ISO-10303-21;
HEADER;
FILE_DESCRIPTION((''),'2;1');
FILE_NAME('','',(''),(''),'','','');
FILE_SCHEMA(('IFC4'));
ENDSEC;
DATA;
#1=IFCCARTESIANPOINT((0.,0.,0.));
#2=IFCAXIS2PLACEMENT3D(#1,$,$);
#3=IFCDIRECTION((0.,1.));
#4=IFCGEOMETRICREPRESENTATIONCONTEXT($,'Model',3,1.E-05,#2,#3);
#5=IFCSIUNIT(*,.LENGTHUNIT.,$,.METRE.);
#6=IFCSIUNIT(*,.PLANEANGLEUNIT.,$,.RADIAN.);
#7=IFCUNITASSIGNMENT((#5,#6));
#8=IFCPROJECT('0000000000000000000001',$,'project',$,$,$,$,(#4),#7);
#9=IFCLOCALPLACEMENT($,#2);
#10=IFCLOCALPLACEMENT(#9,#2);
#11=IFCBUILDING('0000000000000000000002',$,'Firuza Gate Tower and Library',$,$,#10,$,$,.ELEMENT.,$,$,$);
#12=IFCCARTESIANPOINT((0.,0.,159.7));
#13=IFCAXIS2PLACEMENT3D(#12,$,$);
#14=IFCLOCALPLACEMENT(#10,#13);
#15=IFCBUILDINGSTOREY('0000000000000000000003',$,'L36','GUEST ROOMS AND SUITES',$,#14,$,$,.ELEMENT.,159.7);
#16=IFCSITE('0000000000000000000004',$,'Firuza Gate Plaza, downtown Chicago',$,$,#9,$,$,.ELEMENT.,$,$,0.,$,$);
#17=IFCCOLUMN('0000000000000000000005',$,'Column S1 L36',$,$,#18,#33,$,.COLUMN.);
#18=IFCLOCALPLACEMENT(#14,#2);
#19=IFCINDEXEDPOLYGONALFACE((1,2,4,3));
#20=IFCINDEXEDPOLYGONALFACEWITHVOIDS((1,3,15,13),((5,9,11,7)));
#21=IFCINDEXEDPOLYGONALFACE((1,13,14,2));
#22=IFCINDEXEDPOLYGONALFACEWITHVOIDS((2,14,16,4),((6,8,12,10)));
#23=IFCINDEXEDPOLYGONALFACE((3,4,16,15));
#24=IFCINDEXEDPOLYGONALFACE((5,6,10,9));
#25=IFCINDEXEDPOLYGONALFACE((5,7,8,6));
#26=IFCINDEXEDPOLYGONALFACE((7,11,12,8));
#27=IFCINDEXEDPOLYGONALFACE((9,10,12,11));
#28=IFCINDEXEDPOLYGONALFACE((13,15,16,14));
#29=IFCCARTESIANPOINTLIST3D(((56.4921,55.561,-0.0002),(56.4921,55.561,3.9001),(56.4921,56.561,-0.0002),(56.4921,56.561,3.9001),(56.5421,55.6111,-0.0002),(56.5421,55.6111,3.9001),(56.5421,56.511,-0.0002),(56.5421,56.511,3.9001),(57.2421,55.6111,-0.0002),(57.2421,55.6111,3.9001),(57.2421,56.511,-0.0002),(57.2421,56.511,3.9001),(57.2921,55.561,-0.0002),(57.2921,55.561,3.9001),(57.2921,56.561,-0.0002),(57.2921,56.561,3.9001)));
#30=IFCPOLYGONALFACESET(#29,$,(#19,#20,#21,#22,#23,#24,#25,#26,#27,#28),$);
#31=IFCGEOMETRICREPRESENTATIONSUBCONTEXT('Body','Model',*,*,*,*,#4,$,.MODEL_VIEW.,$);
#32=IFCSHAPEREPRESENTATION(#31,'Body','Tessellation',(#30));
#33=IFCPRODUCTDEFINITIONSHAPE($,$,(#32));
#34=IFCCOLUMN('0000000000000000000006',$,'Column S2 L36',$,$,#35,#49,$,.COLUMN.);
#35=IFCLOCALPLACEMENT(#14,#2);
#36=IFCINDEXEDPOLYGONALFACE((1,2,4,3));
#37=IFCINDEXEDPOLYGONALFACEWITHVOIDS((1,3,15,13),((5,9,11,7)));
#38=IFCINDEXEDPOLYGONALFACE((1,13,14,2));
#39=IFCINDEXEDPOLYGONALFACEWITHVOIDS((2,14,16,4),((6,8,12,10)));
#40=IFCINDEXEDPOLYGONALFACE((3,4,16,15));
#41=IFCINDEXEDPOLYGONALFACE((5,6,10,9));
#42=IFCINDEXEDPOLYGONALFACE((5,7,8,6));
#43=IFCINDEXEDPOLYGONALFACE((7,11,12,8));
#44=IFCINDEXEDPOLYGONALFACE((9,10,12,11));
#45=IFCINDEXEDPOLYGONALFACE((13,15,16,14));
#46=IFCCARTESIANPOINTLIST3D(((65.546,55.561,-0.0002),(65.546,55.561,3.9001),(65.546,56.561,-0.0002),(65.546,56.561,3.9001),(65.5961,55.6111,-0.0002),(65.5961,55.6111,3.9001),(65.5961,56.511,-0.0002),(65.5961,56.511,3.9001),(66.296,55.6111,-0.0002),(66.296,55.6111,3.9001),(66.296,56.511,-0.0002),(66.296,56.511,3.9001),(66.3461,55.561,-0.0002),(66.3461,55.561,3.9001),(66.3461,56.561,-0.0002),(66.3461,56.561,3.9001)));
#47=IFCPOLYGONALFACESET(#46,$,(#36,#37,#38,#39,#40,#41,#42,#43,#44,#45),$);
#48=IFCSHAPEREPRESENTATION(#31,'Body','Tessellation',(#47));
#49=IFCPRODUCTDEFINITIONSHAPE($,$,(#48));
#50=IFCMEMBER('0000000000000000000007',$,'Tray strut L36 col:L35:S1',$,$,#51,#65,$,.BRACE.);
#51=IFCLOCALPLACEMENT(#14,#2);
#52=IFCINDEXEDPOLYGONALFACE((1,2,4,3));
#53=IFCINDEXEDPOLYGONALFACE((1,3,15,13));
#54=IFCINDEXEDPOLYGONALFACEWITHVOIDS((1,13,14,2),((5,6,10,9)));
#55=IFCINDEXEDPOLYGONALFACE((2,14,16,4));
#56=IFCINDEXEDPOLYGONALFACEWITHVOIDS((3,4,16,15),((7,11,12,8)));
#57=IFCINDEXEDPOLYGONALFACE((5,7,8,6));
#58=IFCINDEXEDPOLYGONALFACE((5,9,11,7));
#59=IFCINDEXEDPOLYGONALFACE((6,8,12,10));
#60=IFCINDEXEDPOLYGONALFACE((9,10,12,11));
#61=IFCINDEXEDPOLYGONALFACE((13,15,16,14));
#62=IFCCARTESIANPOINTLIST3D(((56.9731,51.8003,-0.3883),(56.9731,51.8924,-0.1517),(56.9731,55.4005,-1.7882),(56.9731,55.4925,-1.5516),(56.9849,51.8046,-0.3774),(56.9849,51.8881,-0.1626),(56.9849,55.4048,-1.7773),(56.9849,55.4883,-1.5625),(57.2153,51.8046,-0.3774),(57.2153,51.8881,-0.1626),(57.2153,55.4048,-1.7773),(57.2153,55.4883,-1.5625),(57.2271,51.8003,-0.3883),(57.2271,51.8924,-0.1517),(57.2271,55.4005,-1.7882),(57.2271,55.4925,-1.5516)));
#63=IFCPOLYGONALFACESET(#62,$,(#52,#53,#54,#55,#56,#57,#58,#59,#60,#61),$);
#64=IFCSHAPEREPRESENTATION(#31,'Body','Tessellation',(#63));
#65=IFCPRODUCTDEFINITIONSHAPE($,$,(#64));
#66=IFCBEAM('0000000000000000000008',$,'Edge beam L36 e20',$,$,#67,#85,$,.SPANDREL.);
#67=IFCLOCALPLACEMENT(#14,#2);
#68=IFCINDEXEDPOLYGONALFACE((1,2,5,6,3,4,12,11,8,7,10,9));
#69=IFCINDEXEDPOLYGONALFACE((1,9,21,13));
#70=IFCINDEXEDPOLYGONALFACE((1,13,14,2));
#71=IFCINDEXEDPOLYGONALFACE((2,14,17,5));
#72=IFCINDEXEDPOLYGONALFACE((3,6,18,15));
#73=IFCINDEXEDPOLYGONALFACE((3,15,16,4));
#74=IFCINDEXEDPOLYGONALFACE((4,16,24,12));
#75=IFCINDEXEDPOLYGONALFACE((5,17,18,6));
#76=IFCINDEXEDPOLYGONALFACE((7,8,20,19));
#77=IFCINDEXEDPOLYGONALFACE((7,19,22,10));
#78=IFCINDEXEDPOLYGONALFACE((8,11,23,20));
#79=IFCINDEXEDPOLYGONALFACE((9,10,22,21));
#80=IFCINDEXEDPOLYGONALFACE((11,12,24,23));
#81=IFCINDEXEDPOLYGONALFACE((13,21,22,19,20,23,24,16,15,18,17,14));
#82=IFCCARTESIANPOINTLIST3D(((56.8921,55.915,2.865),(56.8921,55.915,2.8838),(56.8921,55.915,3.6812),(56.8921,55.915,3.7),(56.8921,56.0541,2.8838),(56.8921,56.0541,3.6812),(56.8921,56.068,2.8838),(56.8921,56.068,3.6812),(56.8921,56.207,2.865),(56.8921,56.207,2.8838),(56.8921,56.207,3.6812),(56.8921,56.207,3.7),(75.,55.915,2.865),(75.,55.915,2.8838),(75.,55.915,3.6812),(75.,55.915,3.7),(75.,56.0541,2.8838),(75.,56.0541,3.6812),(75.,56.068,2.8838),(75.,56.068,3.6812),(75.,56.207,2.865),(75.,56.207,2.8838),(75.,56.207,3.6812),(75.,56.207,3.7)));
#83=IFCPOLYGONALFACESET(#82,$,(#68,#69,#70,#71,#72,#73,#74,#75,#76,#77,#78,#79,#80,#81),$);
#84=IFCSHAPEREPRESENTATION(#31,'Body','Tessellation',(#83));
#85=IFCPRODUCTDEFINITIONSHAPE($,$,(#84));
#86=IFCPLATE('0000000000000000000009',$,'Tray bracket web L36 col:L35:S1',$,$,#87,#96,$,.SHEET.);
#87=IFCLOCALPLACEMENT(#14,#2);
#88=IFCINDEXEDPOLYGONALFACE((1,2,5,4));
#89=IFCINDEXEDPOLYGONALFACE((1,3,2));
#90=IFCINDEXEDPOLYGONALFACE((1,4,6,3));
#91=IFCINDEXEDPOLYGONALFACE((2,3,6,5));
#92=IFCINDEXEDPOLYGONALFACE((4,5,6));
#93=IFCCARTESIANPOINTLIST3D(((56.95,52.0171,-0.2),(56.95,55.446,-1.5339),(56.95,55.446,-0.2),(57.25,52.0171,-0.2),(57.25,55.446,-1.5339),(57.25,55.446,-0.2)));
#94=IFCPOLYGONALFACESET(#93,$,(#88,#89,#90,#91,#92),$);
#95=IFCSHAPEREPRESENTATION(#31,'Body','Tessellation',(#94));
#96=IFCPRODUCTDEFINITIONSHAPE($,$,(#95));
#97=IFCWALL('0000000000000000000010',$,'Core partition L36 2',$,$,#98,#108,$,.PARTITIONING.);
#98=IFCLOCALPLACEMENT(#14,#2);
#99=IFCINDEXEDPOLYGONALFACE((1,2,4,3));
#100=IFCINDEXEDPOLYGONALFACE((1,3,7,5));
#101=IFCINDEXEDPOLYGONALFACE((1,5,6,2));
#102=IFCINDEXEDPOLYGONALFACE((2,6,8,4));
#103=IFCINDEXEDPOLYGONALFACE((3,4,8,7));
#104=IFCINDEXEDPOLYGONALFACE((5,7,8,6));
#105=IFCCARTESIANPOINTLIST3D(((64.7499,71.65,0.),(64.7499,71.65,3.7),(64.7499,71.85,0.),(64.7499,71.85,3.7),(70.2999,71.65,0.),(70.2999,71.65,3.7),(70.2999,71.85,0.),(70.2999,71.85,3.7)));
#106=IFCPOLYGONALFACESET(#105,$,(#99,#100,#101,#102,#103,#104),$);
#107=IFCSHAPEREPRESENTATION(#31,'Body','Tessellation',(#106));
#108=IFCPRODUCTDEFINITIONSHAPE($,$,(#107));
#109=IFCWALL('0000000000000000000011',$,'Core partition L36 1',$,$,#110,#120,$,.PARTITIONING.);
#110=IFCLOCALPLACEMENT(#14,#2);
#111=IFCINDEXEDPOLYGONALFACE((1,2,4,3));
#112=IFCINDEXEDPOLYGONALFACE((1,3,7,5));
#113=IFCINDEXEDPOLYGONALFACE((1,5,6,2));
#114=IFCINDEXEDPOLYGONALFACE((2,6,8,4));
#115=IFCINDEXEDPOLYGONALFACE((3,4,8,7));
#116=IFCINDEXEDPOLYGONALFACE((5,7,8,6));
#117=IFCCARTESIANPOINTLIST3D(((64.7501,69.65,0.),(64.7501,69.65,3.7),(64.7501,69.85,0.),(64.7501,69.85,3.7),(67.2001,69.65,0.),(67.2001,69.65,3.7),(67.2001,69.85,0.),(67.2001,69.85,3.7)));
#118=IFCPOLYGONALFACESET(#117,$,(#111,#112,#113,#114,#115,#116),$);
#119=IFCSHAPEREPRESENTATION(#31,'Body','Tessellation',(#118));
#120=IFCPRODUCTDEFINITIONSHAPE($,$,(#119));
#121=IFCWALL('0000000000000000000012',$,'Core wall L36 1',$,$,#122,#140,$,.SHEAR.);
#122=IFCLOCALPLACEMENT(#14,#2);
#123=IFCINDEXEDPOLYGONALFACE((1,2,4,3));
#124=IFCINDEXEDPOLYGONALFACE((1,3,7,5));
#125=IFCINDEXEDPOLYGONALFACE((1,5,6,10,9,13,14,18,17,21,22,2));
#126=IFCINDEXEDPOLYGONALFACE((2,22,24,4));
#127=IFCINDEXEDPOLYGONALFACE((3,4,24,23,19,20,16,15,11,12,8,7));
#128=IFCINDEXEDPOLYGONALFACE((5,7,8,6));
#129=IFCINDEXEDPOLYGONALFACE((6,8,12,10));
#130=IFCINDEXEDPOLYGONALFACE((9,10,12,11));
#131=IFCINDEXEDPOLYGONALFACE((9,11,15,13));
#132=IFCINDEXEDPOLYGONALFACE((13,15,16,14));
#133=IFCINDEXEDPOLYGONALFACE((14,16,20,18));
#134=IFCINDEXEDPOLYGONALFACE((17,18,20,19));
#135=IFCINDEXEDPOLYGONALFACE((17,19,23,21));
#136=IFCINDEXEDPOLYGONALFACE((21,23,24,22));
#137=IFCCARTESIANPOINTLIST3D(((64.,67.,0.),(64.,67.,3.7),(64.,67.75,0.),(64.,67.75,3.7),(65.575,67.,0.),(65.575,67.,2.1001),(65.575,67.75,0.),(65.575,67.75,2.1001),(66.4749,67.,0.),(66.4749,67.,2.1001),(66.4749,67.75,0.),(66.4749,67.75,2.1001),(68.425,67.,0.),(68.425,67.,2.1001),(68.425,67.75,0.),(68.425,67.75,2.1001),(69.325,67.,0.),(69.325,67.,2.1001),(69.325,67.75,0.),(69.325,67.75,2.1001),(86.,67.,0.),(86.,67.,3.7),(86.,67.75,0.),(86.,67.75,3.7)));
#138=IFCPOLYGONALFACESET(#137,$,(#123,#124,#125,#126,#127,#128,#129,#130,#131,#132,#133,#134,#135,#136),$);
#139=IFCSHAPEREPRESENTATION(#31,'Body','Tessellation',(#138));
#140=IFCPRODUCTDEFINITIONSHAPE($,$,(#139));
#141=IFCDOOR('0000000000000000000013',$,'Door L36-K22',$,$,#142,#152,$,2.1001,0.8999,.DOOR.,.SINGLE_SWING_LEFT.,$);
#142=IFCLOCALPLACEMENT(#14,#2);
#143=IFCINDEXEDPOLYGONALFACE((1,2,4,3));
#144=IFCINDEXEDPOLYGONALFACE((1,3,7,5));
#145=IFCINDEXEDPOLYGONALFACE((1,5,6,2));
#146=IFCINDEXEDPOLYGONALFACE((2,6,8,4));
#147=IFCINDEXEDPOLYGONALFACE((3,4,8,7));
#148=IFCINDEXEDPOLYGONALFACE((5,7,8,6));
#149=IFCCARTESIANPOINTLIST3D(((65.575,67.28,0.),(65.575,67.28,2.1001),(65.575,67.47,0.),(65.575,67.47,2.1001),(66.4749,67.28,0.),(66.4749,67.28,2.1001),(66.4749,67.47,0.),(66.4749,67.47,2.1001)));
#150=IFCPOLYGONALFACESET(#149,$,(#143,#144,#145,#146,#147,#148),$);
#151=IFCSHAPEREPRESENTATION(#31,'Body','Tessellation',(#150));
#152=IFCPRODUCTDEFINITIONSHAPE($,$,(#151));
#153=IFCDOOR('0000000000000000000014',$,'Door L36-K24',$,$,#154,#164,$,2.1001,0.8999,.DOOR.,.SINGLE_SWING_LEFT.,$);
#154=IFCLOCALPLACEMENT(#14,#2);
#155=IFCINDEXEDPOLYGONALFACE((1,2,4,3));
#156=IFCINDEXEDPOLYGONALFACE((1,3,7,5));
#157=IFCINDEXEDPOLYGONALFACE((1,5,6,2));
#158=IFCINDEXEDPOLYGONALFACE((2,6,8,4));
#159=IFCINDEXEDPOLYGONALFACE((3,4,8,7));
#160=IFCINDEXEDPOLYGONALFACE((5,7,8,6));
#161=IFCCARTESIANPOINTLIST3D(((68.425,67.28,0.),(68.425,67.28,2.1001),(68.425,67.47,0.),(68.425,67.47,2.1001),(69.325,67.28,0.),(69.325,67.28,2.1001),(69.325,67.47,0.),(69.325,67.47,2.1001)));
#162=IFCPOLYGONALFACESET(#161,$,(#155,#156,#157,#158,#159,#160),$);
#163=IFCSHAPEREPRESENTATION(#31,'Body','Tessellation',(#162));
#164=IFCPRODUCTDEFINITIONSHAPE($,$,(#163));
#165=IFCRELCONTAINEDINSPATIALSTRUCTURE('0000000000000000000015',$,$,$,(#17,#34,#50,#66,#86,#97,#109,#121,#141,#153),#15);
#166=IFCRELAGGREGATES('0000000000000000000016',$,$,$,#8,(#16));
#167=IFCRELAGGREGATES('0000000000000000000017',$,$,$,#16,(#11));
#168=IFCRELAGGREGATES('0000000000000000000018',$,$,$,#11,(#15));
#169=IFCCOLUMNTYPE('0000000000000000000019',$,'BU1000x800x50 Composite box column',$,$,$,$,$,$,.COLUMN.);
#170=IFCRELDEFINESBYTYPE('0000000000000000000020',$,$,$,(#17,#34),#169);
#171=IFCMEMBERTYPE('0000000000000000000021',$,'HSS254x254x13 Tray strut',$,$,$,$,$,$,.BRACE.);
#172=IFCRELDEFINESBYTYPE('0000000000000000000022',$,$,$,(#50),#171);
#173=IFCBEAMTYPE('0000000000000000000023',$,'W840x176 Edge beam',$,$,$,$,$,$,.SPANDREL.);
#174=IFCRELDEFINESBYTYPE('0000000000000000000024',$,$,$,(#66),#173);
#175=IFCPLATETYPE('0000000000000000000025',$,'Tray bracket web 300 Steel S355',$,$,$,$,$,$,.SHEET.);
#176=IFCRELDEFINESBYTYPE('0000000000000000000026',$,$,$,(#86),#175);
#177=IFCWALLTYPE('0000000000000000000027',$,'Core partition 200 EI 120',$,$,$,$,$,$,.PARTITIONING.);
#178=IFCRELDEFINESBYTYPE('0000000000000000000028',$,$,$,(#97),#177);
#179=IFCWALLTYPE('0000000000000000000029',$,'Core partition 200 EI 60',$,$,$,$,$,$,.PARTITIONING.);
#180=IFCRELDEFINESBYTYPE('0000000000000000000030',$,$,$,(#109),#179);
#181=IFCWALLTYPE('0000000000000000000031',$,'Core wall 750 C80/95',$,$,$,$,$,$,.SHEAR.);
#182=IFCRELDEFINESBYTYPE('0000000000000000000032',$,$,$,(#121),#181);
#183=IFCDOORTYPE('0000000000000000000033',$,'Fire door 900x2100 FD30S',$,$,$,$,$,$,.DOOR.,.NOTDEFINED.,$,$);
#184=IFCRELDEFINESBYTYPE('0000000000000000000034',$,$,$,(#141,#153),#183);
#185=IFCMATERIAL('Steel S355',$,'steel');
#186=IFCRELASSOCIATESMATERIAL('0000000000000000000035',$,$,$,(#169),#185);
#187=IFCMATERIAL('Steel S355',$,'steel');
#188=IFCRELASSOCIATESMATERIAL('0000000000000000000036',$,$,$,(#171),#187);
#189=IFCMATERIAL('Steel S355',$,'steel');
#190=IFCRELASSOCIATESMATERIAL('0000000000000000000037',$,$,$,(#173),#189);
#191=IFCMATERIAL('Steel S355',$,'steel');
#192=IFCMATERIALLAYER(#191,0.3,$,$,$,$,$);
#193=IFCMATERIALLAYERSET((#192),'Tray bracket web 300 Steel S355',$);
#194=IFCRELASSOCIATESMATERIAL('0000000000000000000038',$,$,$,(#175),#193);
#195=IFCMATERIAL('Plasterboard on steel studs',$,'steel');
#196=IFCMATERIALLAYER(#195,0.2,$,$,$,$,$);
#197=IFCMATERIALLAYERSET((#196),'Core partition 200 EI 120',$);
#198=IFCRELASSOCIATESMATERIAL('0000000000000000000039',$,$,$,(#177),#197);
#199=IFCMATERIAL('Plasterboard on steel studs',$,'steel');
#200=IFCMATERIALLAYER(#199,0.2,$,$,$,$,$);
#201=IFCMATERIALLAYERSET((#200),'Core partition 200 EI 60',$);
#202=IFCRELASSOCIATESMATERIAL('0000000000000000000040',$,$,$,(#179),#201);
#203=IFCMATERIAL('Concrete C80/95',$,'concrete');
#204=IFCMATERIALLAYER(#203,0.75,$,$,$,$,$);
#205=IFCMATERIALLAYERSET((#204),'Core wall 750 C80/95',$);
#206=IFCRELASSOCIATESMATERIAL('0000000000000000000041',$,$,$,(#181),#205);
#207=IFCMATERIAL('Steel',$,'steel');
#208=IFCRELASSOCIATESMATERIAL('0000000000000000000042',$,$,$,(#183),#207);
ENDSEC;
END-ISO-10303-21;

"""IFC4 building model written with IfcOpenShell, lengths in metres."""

from ifc_helpers import new_model, si_unit, direction, frame, frame_2d, origin, origin_2d, place, context, subcontext, project, spatial, polyline, rectangle, hollow_rectangle, i_section, outline, extrude, material, layer, layer_set, material_profile, profile_set, type_object, element, fill, save


model = new_model("IFC4")

# Units and contexts
model_context = context("Model", 3, precision=1e-05, world=origin(), true_north=direction((0.0, 1.0)))
body_context = subcontext(model_context, "Body", "Model", "MODEL_VIEW")
ifc_project = project(units=[si_unit("LENGTHUNIT", "METRE"), si_unit("PLANEANGLEUNIT", "RADIAN")], contexts=[model_context])

# Site, building, storey
site_placement = place(None, origin())
site = spatial("IfcSite", under=ifc_project, at=site_placement, Name="Firuza Gate Plaza, downtown Chicago", CompositionType="ELEMENT", RefElevation=0.0)
building_placement = place(site_placement, origin())
building = spatial("IfcBuilding", under=site, at=building_placement, Name="Firuza Gate Tower and Library", CompositionType="ELEMENT")
storey_placement = place(building_placement, frame((0.0, 0.0, 159.7)))
storey = spatial("IfcBuildingStorey", under=building, at=storey_placement, Name="L36", Description="GUEST ROOMS AND SUITES", CompositionType="ELEMENT", Elevation=159.7)

# Columns
ifc_material_1 = material(Name="Steel S355", Category="steel")
ifc_material_profile_1 = material_profile(ifc_material_1, hollow_rectangle(XDim=0.8, YDim=1.0, WallThickness=0.05, at=origin_2d()))
ifc_profile_set_1 = profile_set([ifc_material_profile_1], Name="Steel S355")
column_type = type_object("IfcColumnType", Name="BU1000x800x50 Composite box column", PredefinedType="COLUMN", material=ifc_profile_set_1)
for number, where, z_axis, x_axis, name in (
    (1, (56.8921, 56.061, -0.0002), (0.0, 0.0, 1.0), (1.0, 0.0, 0.0), "Column S1 L36"),
    (2, (65.946, 56.061, -0.0002), (0.0, 0.0, 1.0), (1.0, 0.0, 0.0), "Column S2 L36"),
):
    element("IfcColumn", number, at=place(storey_placement, frame(where, z_axis=z_axis, x_axis=x_axis)), inside=storey, type_object=column_type, Name=name, PredefinedType="COLUMN", context=body_context, shape_type="SweptSolid", body=[
        extrude(hollow_rectangle(XDim=0.8, YDim=1.0, WallThickness=0.05, at=origin_2d()), origin(), (0.0, 0.0, 1.0), 3.9004),
    ])

# Member
ifc_material_2 = material(Name="Steel S355", Category="steel")
ifc_material_profile_2 = material_profile(ifc_material_2, hollow_rectangle(XDim=0.2539, YDim=0.2539, WallThickness=0.0117, at=origin_2d()))
ifc_profile_set_2 = profile_set([ifc_material_profile_2], Name="Steel S355")
member_type = type_object("IfcMemberType", Name="HSS254x254x13 Tray strut", PredefinedType="BRACE", material=ifc_profile_set_2)
member_placement = place(storey_placement, frame((57.1001, 55.4465, -1.6699), z_axis=(0.0, -0.932017, 0.362416), x_axis=(1.0, 0.0, 0.0)))
element("IfcMember", 3, at=member_placement, inside=storey, type_object=member_type, Name="Tray strut L36 col:L35:S1", PredefinedType="BRACE", context=body_context, shape_type="SweptSolid", body=[
    extrude(hollow_rectangle(XDim=0.2539, YDim=0.2539, WallThickness=0.0117, at=origin_2d()), origin(), (0.0, 0.0, 1.0), 3.8628),
])

# Beam
ifc_material_3 = material(Name="Steel S355", Category="steel")
ifc_material_profile_3 = material_profile(ifc_material_3, i_section(OverallWidth=0.292, OverallDepth=0.835, WebThickness=0.0139, FlangeThickness=0.0188, at=origin_2d()))
ifc_profile_set_3 = profile_set([ifc_material_profile_3], Name="Steel S355")
beam_type = type_object("IfcBeamType", Name="W840x176 Edge beam", PredefinedType="SPANDREL", material=ifc_profile_set_3)
beam_placement = place(storey_placement, frame((56.8921, 56.061, 3.2825), z_axis=(1.0, 0.0, 0.0), x_axis=(0.0, 1.0, 0.0)))
element("IfcBeam", 4, at=beam_placement, inside=storey, type_object=beam_type, Name="Edge beam L36 e20", PredefinedType="SPANDREL", context=body_context, shape_type="SweptSolid", body=[
    extrude(i_section(OverallWidth=0.292, OverallDepth=0.835, WebThickness=0.0139, FlangeThickness=0.0188, at=origin_2d()), origin(), (0.0, 0.0, 1.0), 18.1079),
])

# Plate
ifc_material_4 = material(Name="Steel S355", Category="steel")
ifc_layer_1 = layer(ifc_material_4, 0.3)
ifc_layer_set_1 = layer_set([ifc_layer_1], Name="Tray bracket web 300 Steel S355")
plate_type = type_object("IfcPlateType", Name="Tray bracket web 300 Steel S355", PredefinedType="SHEET", material=ifc_layer_set_1)
plate_placement = place(storey_placement, frame((57.25, 55.446, -0.2), z_axis=(1.0, 0.0, 0.0), x_axis=(0.0, -1.0, 0.0)))
element("IfcPlate", 5, at=plate_placement, inside=storey, type_object=plate_type, Name="Tray bracket web L36 col:L35:S1", PredefinedType="SHEET", context=body_context, shape_type="SweptSolid", body=[
    extrude(outline(polyline([(0.0, 0.0), (3.429, 0.0), (0.0, 1.334), (0.0, 0.0)])), origin(), (0.0, 0.0, -1.0), 0.3),
])

# Walls
ifc_material_5 = material(Name="Plasterboard on steel studs", Category="steel")
ifc_layer_2 = layer(ifc_material_5, 0.2)
ifc_layer_set_2 = layer_set([ifc_layer_2], Name="Core partition 200 EI 120")
wall_type_1 = type_object("IfcWallType", Name="Core partition 200 EI 120", PredefinedType="PARTITIONING", material=ifc_layer_set_2)
wall_1_placement = place(storey_placement, frame((64.75, 71.75, 0.0), z_axis=(0.0, 0.0, 1.0), x_axis=(1.0, 0.0, 0.0)))
element("IfcWall", 6, at=wall_1_placement, inside=storey, type_object=wall_type_1, Name="Core partition L36 2", PredefinedType="PARTITIONING", context=body_context, shape_type="SweptSolid", body=[
    extrude(rectangle(XDim=5.55, YDim=0.2, at=frame_2d((2.7749, 0.0))), origin(), (0.0, 0.0, 1.0), 3.7),
])
ifc_material_6 = material(Name="Plasterboard on steel studs", Category="steel")
ifc_layer_3 = layer(ifc_material_6, 0.2)
ifc_layer_set_3 = layer_set([ifc_layer_3], Name="Core partition 200 EI 60")
wall_type_2 = type_object("IfcWallType", Name="Core partition 200 EI 60", PredefinedType="PARTITIONING", material=ifc_layer_set_3)
wall_2_placement = place(storey_placement, frame((64.75, 69.75, 0.0), z_axis=(0.0, 0.0, 1.0), x_axis=(1.0, 0.0, 0.0)))
element("IfcWall", 7, at=wall_2_placement, inside=storey, type_object=wall_type_2, Name="Core partition L36 1", PredefinedType="PARTITIONING", context=body_context, shape_type="SweptSolid", body=[
    extrude(rectangle(XDim=2.45, YDim=0.2, at=frame_2d((1.2251, 0.0))), origin(), (0.0, 0.0, 1.0), 3.7),
])

# Wall, openings, doors
ifc_material_7 = material(Name="Concrete C80/95", Category="concrete")
ifc_layer_4 = layer(ifc_material_7, 0.75)
ifc_layer_set_4 = layer_set([ifc_layer_4], Name="Core wall 750 C80/95")
wall_type_3 = type_object("IfcWallType", Name="Core wall 750 C80/95", PredefinedType="SHEAR", material=ifc_layer_set_4)
wall_3_placement = place(storey_placement, frame((64.0, 67.375, 0.0), z_axis=(0.0, 0.0, 1.0), x_axis=(1.0, 0.0, 0.0)))
wall_3 = element("IfcWall", 8, at=wall_3_placement, inside=storey, type_object=wall_type_3, Name="Core wall L36 1", PredefinedType="SHEAR", context=body_context, shape_type="SweptSolid", body=[
    extrude(rectangle(XDim=22.0, YDim=0.75, at=frame_2d((11.0, 0.0))), origin(), (0.0, 0.0, 1.0), 3.7),
])
opening_1_placement = place(wall_3_placement, frame((1.575, 0.0, 0.0)))
opening_1 = element("IfcOpeningElement", 9, at=opening_1_placement, cuts=wall_3, PredefinedType="OPENING", context=body_context, shape_type="SweptSolid", body=[
    extrude(rectangle(XDim=0.8999, YDim=2.1001, at=frame_2d((0.45, 1.05))), frame((0.0, 0.385, 0.0), z_axis=(0.0, -1.0, 0.0), x_axis=(1.0, 0.0, 0.0)), (0.0, 0.0, 1.0), 0.77),
])
opening_2_placement = place(wall_3_placement, frame((4.425, 0.0, 0.0)))
opening_2 = element("IfcOpeningElement", 10, at=opening_2_placement, cuts=wall_3, PredefinedType="OPENING", context=body_context, shape_type="SweptSolid", body=[
    extrude(rectangle(XDim=0.8999, YDim=2.1001, at=frame_2d((0.45, 1.05))), frame((0.0, 0.385, 0.0), z_axis=(0.0, -1.0, 0.0), x_axis=(1.0, 0.0, 0.0)), (0.0, 0.0, 1.0), 0.77),
])
ifc_material_8 = material(Name="Steel", Category="steel")
door_type_1 = type_object("IfcDoorType", Name="Fire door 900x2100 FD30S", OperationType="NOTDEFINED", PredefinedType="DOOR", material=ifc_material_8)
door_1_placement = place(opening_1_placement, origin())
door_1 = element("IfcDoor", 11, at=door_1_placement, inside=storey, type_object=door_type_1, Name="Door L36-K22", OperationType="SINGLE_SWING_LEFT", OverallHeight=2.1001, OverallWidth=0.8999, PredefinedType="DOOR", context=body_context, shape_type="SweptSolid", body=[
    extrude(rectangle(XDim=0.8999, YDim=2.1001, at=frame_2d((0.45, 1.05))), frame((0.0, 0.095, 0.0), z_axis=(0.0, -1.0, 0.0), x_axis=(1.0, 0.0, 0.0)), (0.0, 0.0, 1.0), 0.1899),
])
fill(opening_1, door_1)
door_2_placement = place(opening_2_placement, origin())
door_2 = element("IfcDoor", 12, at=door_2_placement, inside=storey, type_object=door_type_1, Name="Door L36-K24", OperationType="SINGLE_SWING_LEFT", OverallHeight=2.1001, OverallWidth=0.8999, PredefinedType="DOOR", context=body_context, shape_type="SweptSolid", body=[
    extrude(rectangle(XDim=0.8999, YDim=2.1001, at=frame_2d((0.45, 1.05))), frame((0.0, 0.095, 0.0), z_axis=(0.0, -1.0, 0.0), x_axis=(1.0, 0.0, 0.0)), (0.0, 0.0, 1.0), 0.1899),
])
fill(opening_2, door_2)

save(model, "model.ifc")
